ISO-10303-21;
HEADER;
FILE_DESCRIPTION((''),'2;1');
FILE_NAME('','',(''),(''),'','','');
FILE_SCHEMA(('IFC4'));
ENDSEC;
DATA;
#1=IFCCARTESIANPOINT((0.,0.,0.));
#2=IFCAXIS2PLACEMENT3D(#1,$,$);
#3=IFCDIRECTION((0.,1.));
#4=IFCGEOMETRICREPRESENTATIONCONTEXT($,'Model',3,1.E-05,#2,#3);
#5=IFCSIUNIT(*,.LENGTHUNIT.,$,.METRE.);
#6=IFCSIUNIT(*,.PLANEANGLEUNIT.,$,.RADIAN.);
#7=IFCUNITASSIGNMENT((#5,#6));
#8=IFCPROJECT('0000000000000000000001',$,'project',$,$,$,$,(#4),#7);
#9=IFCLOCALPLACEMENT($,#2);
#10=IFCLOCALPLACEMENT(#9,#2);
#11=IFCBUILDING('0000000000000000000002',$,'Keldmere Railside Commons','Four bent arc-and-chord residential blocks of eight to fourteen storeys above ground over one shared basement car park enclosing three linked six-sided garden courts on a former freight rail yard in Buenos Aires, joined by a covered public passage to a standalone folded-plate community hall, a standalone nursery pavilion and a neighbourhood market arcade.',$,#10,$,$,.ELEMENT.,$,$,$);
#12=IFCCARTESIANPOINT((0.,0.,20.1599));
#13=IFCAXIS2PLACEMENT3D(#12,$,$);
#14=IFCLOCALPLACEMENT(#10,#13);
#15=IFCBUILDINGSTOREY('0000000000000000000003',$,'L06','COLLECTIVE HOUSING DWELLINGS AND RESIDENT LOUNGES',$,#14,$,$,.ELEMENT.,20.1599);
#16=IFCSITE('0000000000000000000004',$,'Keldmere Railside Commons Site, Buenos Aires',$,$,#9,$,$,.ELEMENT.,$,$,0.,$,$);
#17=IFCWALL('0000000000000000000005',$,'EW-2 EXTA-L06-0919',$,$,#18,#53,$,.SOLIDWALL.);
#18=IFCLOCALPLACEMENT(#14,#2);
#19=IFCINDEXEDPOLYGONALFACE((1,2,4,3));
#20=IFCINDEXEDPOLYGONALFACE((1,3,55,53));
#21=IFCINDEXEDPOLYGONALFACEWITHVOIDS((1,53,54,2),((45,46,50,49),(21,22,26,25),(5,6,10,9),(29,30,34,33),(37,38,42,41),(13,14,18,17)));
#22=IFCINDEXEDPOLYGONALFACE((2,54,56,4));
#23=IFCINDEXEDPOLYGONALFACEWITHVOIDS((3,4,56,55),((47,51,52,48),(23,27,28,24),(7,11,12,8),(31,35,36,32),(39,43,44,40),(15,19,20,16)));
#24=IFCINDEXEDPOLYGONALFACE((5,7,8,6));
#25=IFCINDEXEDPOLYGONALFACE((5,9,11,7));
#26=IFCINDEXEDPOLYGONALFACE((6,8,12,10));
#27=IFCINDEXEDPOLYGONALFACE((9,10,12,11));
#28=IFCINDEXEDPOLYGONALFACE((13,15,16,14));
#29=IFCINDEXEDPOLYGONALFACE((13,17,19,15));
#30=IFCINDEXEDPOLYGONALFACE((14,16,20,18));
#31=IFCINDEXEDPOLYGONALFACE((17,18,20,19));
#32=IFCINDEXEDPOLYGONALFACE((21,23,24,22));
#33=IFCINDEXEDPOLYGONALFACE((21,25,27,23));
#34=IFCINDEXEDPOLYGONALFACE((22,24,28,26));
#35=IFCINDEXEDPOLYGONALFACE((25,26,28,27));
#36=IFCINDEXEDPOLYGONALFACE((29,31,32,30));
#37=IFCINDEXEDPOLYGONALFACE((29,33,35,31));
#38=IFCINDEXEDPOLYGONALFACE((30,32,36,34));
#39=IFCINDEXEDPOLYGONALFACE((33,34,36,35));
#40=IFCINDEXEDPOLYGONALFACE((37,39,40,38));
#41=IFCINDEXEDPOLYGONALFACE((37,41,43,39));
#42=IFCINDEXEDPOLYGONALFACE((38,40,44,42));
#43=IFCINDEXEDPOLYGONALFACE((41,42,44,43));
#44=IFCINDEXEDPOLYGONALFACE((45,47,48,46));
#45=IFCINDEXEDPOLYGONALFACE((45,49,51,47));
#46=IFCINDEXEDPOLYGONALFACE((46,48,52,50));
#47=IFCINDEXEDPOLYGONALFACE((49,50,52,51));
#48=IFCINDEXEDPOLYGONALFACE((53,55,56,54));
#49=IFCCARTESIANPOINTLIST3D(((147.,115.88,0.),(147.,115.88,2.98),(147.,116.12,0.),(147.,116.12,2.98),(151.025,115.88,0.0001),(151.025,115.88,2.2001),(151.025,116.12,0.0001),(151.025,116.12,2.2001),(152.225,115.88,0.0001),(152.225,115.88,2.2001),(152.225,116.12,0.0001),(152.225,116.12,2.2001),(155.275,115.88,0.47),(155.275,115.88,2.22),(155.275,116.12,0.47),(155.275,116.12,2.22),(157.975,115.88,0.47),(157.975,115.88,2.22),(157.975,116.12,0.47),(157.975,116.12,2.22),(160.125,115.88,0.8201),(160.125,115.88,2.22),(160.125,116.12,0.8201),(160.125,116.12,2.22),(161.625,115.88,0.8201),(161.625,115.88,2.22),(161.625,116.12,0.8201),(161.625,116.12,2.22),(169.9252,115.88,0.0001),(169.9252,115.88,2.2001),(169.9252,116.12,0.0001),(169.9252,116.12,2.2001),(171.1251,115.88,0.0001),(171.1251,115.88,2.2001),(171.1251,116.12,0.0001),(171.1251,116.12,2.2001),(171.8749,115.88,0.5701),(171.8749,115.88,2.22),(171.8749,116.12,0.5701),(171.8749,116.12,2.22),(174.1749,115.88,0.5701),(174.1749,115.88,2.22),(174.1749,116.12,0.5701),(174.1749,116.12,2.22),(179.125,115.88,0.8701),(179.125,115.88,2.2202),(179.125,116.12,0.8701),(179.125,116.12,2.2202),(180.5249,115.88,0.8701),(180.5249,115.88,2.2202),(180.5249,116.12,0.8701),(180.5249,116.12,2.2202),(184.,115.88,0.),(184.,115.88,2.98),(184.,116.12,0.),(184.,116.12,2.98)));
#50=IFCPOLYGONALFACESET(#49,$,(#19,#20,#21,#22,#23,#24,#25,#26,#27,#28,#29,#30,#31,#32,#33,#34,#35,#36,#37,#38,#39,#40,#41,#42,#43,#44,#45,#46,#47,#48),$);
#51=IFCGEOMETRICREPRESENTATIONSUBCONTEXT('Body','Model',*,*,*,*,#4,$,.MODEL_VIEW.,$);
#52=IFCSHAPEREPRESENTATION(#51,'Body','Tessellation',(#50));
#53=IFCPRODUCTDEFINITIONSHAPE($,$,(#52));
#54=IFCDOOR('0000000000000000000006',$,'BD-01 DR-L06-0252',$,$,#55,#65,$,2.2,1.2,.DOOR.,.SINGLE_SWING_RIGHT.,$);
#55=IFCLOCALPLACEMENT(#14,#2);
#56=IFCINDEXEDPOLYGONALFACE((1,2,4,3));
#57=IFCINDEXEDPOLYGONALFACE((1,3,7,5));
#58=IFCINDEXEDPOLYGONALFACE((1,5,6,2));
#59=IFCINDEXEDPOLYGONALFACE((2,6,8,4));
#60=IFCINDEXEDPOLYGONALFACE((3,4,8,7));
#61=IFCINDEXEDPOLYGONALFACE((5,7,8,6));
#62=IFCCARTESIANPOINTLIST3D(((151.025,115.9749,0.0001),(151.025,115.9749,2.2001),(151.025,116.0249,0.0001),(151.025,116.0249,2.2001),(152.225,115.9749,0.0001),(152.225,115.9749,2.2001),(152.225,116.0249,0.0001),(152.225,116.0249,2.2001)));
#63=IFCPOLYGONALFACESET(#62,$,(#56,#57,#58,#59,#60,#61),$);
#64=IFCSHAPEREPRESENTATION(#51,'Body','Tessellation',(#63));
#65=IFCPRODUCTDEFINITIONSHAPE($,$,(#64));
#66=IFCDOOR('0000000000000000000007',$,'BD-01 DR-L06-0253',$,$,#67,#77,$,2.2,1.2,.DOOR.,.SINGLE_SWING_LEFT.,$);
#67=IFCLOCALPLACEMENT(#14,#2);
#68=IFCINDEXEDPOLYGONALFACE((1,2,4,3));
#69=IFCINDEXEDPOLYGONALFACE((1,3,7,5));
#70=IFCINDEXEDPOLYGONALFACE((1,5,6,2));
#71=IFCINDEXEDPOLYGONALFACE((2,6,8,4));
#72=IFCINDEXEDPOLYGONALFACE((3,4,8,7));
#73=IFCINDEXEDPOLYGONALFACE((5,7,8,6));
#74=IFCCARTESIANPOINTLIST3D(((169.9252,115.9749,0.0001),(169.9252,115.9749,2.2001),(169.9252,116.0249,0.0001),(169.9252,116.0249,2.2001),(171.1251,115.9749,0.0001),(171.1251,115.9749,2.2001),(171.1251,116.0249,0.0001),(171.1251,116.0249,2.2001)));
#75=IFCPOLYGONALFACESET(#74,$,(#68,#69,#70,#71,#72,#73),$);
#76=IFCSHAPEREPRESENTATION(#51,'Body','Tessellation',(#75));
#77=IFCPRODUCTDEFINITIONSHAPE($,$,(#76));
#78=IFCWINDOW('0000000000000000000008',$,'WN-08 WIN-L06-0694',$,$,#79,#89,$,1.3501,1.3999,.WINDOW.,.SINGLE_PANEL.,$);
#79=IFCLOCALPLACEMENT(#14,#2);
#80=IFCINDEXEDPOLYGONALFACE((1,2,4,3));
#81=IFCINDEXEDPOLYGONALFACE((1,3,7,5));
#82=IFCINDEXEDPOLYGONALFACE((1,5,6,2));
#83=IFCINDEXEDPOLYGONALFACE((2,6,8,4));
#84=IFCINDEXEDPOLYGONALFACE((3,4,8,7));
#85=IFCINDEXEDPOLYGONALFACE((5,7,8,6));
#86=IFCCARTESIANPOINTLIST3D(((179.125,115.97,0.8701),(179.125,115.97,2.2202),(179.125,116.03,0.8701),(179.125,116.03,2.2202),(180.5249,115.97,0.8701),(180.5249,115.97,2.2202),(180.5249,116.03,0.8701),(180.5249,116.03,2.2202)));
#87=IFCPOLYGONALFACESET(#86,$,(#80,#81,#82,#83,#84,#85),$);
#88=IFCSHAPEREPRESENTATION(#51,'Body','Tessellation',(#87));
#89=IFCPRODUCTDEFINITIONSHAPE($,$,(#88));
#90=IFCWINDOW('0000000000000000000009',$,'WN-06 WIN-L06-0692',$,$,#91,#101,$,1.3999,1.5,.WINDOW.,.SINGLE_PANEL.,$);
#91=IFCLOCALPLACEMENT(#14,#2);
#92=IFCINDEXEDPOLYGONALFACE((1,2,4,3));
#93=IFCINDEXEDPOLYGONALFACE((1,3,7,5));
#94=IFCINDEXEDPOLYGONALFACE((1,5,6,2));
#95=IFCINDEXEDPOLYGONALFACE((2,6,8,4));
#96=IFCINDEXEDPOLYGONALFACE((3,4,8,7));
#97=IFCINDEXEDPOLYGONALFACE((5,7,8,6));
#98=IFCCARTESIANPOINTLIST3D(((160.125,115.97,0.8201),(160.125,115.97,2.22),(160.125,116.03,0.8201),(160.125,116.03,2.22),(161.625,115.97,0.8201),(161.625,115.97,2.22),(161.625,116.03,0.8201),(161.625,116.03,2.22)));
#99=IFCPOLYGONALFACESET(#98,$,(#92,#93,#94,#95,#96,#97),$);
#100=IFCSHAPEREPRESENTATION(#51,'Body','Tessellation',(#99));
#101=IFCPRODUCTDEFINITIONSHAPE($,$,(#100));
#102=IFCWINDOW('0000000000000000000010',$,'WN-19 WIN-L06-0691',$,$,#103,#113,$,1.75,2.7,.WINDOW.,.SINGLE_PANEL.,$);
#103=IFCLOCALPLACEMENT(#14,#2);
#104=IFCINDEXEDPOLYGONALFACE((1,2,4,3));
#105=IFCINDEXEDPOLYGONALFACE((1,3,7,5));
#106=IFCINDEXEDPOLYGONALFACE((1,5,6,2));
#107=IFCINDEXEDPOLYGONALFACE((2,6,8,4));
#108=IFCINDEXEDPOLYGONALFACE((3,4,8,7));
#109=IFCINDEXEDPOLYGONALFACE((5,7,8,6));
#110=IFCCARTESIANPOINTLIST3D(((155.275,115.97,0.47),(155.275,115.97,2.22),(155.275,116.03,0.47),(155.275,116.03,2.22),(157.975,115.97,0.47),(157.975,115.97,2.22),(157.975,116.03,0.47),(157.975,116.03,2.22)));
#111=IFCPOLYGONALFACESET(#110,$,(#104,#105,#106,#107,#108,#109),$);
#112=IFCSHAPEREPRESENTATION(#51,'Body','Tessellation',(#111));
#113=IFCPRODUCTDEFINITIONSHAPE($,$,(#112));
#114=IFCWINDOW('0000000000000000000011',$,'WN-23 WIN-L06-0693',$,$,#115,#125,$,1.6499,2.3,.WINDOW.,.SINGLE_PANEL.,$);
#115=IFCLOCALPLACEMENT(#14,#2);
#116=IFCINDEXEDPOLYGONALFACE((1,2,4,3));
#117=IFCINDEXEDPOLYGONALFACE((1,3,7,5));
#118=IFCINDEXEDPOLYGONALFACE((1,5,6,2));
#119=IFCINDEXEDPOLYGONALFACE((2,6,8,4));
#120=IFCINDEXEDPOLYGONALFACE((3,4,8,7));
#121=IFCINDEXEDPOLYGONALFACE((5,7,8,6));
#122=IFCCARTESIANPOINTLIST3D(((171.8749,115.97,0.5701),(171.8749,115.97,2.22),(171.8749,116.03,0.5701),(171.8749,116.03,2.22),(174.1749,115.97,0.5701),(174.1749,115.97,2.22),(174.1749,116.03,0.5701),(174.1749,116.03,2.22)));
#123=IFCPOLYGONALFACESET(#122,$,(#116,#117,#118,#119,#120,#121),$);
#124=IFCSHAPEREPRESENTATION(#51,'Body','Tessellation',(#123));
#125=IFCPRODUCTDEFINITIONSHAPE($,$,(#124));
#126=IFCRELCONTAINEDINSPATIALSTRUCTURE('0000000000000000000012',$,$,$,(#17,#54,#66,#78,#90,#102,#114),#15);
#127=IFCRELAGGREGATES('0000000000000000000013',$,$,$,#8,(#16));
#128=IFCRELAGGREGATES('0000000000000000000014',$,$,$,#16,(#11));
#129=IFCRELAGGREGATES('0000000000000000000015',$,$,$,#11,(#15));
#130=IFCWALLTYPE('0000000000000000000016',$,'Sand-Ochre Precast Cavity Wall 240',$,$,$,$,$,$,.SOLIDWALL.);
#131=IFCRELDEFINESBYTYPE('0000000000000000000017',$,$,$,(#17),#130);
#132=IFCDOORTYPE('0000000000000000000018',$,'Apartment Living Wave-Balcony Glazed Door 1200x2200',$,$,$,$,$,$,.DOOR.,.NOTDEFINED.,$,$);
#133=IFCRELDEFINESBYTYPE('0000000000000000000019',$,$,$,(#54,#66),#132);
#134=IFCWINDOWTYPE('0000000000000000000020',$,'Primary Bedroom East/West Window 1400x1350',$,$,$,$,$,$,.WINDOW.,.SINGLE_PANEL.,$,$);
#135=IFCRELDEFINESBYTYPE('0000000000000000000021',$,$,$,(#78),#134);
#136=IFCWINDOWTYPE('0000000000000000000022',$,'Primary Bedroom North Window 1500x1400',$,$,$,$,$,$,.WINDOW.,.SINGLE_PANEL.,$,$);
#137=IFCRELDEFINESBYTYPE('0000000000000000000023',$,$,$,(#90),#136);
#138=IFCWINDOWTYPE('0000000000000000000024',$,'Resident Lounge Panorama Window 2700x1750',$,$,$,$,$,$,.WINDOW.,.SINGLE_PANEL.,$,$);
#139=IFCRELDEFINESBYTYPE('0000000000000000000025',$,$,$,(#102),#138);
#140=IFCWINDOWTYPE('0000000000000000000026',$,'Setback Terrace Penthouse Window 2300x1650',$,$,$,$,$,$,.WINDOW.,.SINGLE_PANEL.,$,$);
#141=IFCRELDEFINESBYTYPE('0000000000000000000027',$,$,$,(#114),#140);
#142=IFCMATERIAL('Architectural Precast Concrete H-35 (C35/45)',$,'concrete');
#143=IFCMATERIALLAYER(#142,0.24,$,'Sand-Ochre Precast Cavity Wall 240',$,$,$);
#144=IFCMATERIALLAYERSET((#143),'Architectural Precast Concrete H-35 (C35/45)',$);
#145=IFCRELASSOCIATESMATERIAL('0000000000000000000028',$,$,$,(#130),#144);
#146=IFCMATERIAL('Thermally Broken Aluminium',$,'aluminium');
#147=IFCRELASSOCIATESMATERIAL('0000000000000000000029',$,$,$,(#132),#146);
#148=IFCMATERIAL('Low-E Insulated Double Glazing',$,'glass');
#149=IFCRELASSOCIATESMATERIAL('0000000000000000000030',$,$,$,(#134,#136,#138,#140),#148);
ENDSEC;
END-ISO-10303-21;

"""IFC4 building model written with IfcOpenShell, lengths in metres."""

from ifc_helpers import new_model, si_unit, direction, frame, frame_2d, origin, place, context, subcontext, project, spatial, rectangle, extrude, material, layer, layer_set, type_object, element, fill, save


model = new_model("IFC4")

# Units and contexts
model_context = context("Model", 3, precision=1e-05, world=origin(), true_north=direction((0.0, 1.0)))
body_context = subcontext(model_context, "Body", "Model", "MODEL_VIEW")
ifc_project = project(units=[si_unit("LENGTHUNIT", "METRE"), si_unit("PLANEANGLEUNIT", "RADIAN")], contexts=[model_context])

# Site, building, storey
site_placement = place(None, origin())
site = spatial("IfcSite", under=ifc_project, at=site_placement, Name="Keldmere Railside Commons Site, Buenos Aires", CompositionType="ELEMENT", RefElevation=0.0)
building_placement = place(site_placement, origin())
building = spatial("IfcBuilding", under=site, at=building_placement, Name="Keldmere Railside Commons", Description="Four bent arc-and-chord residential blocks of eight to fourteen storeys above ground over one shared basement car park enclosing three linked six-sided garden courts on a former freight rail yard in Buenos Aires, joined by a covered public passage to a standalone folded-plate community hall, a standalone nursery pavilion and a neighbourhood market arcade.", CompositionType="ELEMENT")
storey_placement = place(building_placement, frame((0.0, 0.0, 20.1599)))
storey = spatial("IfcBuildingStorey", under=building, at=storey_placement, Name="L06", Description="COLLECTIVE HOUSING DWELLINGS AND RESIDENT LOUNGES", CompositionType="ELEMENT", Elevation=20.1599)

# Shared definitions
ifc_material_1 = material(Name="Architectural Precast Concrete H-35 (C35/45)", Category="concrete")

# Wall, openings, doors, windows
ifc_layer_1 = layer(ifc_material_1, 0.24, Name="Sand-Ochre Precast Cavity Wall 240")
ifc_layer_set_1 = layer_set([ifc_layer_1], Name="Architectural Precast Concrete H-35 (C35/45)")
wall_type_1 = type_object("IfcWallType", Name="Sand-Ochre Precast Cavity Wall 240", PredefinedType="SOLIDWALL", material=ifc_layer_set_1)
wall_1_placement = place(storey_placement, frame((147.0, 116.0, 0.0), z_axis=(0.0, 0.0, 1.0), x_axis=(1.0, 0.0, 0.0)))
wall_1 = element("IfcWall", 1, at=wall_1_placement, inside=storey, type_object=wall_type_1, Name="EW-2 EXTA-L06-0919", PredefinedType="SOLIDWALL", context=body_context, shape_type="SweptSolid", body=[
    extrude(rectangle(XDim=37.0, YDim=0.24, at=frame_2d((18.5, 0.0))), origin(), (0.0, 0.0, 1.0), 2.98),
])
opening_1_placement = place(wall_1_placement, frame((4.0249, 0.0, 0.0)))
opening_1 = element("IfcOpeningElement", 2, at=opening_1_placement, cuts=wall_1, PredefinedType="OPENING", context=body_context, shape_type="SweptSolid", body=[
    extrude(rectangle(XDim=1.2, YDim=2.2, at=frame_2d((0.6001, 1.1001))), frame((0.0, 0.1299, 0.0), z_axis=(0.0, -1.0, 0.0), x_axis=(1.0, 0.0, 0.0)), (0.0, 0.0, 1.0), 0.26),
])
opening_2_placement = place(wall_1_placement, frame((8.2749, 0.0, 0.47)))
opening_2 = element("IfcOpeningElement", 3, at=opening_2_placement, cuts=wall_1, PredefinedType="OPENING", context=body_context, shape_type="SweptSolid", body=[
    extrude(rectangle(XDim=2.7, YDim=1.75, at=frame_2d((1.3501, 0.875))), frame((0.0, 0.1299, 0.0), z_axis=(0.0, -1.0, 0.0), x_axis=(1.0, 0.0, 0.0)), (0.0, 0.0, 1.0), 0.26),
])
opening_3_placement = place(wall_1_placement, frame((13.125, 0.0, 0.8201)))
opening_3 = element("IfcOpeningElement", 4, at=opening_3_placement, cuts=wall_1, PredefinedType="OPENING", context=body_context, shape_type="SweptSolid", body=[
    extrude(rectangle(XDim=1.5, YDim=1.3999, at=frame_2d((0.75, 0.7))), frame((0.0, 0.1299, 0.0), z_axis=(0.0, -1.0, 0.0), x_axis=(1.0, 0.0, 0.0)), (0.0, 0.0, 1.0), 0.26),
])
opening_4_placement = place(wall_1_placement, frame((22.925, 0.0, 0.0)))
opening_4 = element("IfcOpeningElement", 5, at=opening_4_placement, cuts=wall_1, PredefinedType="OPENING", context=body_context, shape_type="SweptSolid", body=[
    extrude(rectangle(XDim=1.2, YDim=2.2, at=frame_2d((0.6001, 1.1001))), frame((0.0, 0.1299, 0.0), z_axis=(0.0, -1.0, 0.0), x_axis=(1.0, 0.0, 0.0)), (0.0, 0.0, 1.0), 0.26),
])
opening_5_placement = place(wall_1_placement, frame((24.875, 0.0, 0.5701)))
opening_5 = element("IfcOpeningElement", 6, at=opening_5_placement, cuts=wall_1, PredefinedType="OPENING", context=body_context, shape_type="SweptSolid", body=[
    extrude(rectangle(XDim=2.3, YDim=1.6499, at=frame_2d((1.1499, 0.825))), frame((0.0, 0.1299, 0.0), z_axis=(0.0, -1.0, 0.0), x_axis=(1.0, 0.0, 0.0)), (0.0, 0.0, 1.0), 0.26),
])
opening_6_placement = place(wall_1_placement, frame((32.125, 0.0, 0.8701)))
opening_6 = element("IfcOpeningElement", 7, at=opening_6_placement, cuts=wall_1, PredefinedType="OPENING", context=body_context, shape_type="SweptSolid", body=[
    extrude(rectangle(XDim=1.3999, YDim=1.3501, at=frame_2d((0.7, 0.675))), frame((0.0, 0.1299, 0.0), z_axis=(0.0, -1.0, 0.0), x_axis=(1.0, 0.0, 0.0)), (0.0, 0.0, 1.0), 0.26),
])
ifc_material_2 = material(Name="Thermally Broken Aluminium", Category="aluminium")
door_type_1 = type_object("IfcDoorType", Name="Apartment Living Wave-Balcony Glazed Door 1200x2200", OperationType="NOTDEFINED", PredefinedType="DOOR", material=ifc_material_2)
door_1_placement = place(opening_1_placement, origin())
door_1 = element("IfcDoor", 8, at=door_1_placement, inside=storey, type_object=door_type_1, Name="BD-01 DR-L06-0252", OperationType="SINGLE_SWING_RIGHT", OverallHeight=2.2, OverallWidth=1.2, PredefinedType="DOOR", context=body_context, shape_type="SweptSolid", body=[
    extrude(rectangle(XDim=1.2, YDim=2.2, at=frame_2d((0.6001, 1.1001))), frame((0.0, 0.0249, 0.0), z_axis=(0.0, -1.0, 0.0), x_axis=(1.0, 0.0, 0.0)), (0.0, 0.0, 1.0), 0.05),
])
fill(opening_1, door_1)
door_2_placement = place(opening_4_placement, origin())
door_2 = element("IfcDoor", 9, at=door_2_placement, inside=storey, type_object=door_type_1, Name="BD-01 DR-L06-0253", OperationType="SINGLE_SWING_LEFT", OverallHeight=2.2, OverallWidth=1.2, PredefinedType="DOOR", context=body_context, shape_type="SweptSolid", body=[
    extrude(rectangle(XDim=1.2, YDim=2.2, at=frame_2d((0.6001, 1.1001))), frame((0.0, 0.0249, 0.0), z_axis=(0.0, -1.0, 0.0), x_axis=(1.0, 0.0, 0.0)), (0.0, 0.0, 1.0), 0.05),
])
fill(opening_4, door_2)
ifc_material_3 = material(Name="Low-E Insulated Double Glazing", Category="glass")
window_type_1 = type_object("IfcWindowType", Name="Primary Bedroom East/West Window 1400x1350", PartitioningType="SINGLE_PANEL", PredefinedType="WINDOW", material=ifc_material_3)
window_1_placement = place(opening_6_placement, origin())
window_1 = element("IfcWindow", 10, at=window_1_placement, inside=storey, type_object=window_type_1, Name="WN-08 WIN-L06-0694", OverallHeight=1.3501, OverallWidth=1.3999, PartitioningType="SINGLE_PANEL", PredefinedType="WINDOW", context=body_context, shape_type="SweptSolid", body=[
    extrude(rectangle(XDim=1.3999, YDim=1.3501, at=frame_2d((0.7, 0.675))), frame((0.0, 0.03, 0.0), z_axis=(0.0, -1.0, 0.0), x_axis=(1.0, 0.0, 0.0)), (0.0, 0.0, 1.0), 0.0601),
])
fill(opening_6, window_1)
window_type_2 = type_object("IfcWindowType", Name="Primary Bedroom North Window 1500x1400", PartitioningType="SINGLE_PANEL", PredefinedType="WINDOW", material=ifc_material_3)
window_2_placement = place(opening_3_placement, origin())
window_2 = element("IfcWindow", 11, at=window_2_placement, inside=storey, type_object=window_type_2, Name="WN-06 WIN-L06-0692", OverallHeight=1.3999, OverallWidth=1.5, PartitioningType="SINGLE_PANEL", PredefinedType="WINDOW", context=body_context, shape_type="SweptSolid", body=[
    extrude(rectangle(XDim=1.5, YDim=1.3999, at=frame_2d((0.75, 0.7))), frame((0.0, 0.03, 0.0), z_axis=(0.0, -1.0, 0.0), x_axis=(1.0, 0.0, 0.0)), (0.0, 0.0, 1.0), 0.0601),
])
fill(opening_3, window_2)
window_type_3 = type_object("IfcWindowType", Name="Resident Lounge Panorama Window 2700x1750", PartitioningType="SINGLE_PANEL", PredefinedType="WINDOW", material=ifc_material_3)
window_3_placement = place(opening_2_placement, origin())
window_3 = element("IfcWindow", 12, at=window_3_placement, inside=storey, type_object=window_type_3, Name="WN-19 WIN-L06-0691", OverallHeight=1.75, OverallWidth=2.7, PartitioningType="SINGLE_PANEL", PredefinedType="WINDOW", context=body_context, shape_type="SweptSolid", body=[
    extrude(rectangle(XDim=2.7, YDim=1.75, at=frame_2d((1.3501, 0.875))), frame((0.0, 0.03, 0.0), z_axis=(0.0, -1.0, 0.0), x_axis=(1.0, 0.0, 0.0)), (0.0, 0.0, 1.0), 0.0601),
])
fill(opening_2, window_3)
window_type_4 = type_object("IfcWindowType", Name="Setback Terrace Penthouse Window 2300x1650", PartitioningType="SINGLE_PANEL", PredefinedType="WINDOW", material=ifc_material_3)
window_4_placement = place(opening_5_placement, origin())
window_4 = element("IfcWindow", 13, at=window_4_placement, inside=storey, type_object=window_type_4, Name="WN-23 WIN-L06-0693", OverallHeight=1.6499, OverallWidth=2.3, PartitioningType="SINGLE_PANEL", PredefinedType="WINDOW", context=body_context, shape_type="SweptSolid", body=[
    extrude(rectangle(XDim=2.3, YDim=1.6499, at=frame_2d((1.1499, 0.825))), frame((0.0, 0.03, 0.0), z_axis=(0.0, -1.0, 0.0), x_axis=(1.0, 0.0, 0.0)), (0.0, 0.0, 1.0), 0.0601),
])
fill(opening_5, window_4)

save(model, "model.ifc")
